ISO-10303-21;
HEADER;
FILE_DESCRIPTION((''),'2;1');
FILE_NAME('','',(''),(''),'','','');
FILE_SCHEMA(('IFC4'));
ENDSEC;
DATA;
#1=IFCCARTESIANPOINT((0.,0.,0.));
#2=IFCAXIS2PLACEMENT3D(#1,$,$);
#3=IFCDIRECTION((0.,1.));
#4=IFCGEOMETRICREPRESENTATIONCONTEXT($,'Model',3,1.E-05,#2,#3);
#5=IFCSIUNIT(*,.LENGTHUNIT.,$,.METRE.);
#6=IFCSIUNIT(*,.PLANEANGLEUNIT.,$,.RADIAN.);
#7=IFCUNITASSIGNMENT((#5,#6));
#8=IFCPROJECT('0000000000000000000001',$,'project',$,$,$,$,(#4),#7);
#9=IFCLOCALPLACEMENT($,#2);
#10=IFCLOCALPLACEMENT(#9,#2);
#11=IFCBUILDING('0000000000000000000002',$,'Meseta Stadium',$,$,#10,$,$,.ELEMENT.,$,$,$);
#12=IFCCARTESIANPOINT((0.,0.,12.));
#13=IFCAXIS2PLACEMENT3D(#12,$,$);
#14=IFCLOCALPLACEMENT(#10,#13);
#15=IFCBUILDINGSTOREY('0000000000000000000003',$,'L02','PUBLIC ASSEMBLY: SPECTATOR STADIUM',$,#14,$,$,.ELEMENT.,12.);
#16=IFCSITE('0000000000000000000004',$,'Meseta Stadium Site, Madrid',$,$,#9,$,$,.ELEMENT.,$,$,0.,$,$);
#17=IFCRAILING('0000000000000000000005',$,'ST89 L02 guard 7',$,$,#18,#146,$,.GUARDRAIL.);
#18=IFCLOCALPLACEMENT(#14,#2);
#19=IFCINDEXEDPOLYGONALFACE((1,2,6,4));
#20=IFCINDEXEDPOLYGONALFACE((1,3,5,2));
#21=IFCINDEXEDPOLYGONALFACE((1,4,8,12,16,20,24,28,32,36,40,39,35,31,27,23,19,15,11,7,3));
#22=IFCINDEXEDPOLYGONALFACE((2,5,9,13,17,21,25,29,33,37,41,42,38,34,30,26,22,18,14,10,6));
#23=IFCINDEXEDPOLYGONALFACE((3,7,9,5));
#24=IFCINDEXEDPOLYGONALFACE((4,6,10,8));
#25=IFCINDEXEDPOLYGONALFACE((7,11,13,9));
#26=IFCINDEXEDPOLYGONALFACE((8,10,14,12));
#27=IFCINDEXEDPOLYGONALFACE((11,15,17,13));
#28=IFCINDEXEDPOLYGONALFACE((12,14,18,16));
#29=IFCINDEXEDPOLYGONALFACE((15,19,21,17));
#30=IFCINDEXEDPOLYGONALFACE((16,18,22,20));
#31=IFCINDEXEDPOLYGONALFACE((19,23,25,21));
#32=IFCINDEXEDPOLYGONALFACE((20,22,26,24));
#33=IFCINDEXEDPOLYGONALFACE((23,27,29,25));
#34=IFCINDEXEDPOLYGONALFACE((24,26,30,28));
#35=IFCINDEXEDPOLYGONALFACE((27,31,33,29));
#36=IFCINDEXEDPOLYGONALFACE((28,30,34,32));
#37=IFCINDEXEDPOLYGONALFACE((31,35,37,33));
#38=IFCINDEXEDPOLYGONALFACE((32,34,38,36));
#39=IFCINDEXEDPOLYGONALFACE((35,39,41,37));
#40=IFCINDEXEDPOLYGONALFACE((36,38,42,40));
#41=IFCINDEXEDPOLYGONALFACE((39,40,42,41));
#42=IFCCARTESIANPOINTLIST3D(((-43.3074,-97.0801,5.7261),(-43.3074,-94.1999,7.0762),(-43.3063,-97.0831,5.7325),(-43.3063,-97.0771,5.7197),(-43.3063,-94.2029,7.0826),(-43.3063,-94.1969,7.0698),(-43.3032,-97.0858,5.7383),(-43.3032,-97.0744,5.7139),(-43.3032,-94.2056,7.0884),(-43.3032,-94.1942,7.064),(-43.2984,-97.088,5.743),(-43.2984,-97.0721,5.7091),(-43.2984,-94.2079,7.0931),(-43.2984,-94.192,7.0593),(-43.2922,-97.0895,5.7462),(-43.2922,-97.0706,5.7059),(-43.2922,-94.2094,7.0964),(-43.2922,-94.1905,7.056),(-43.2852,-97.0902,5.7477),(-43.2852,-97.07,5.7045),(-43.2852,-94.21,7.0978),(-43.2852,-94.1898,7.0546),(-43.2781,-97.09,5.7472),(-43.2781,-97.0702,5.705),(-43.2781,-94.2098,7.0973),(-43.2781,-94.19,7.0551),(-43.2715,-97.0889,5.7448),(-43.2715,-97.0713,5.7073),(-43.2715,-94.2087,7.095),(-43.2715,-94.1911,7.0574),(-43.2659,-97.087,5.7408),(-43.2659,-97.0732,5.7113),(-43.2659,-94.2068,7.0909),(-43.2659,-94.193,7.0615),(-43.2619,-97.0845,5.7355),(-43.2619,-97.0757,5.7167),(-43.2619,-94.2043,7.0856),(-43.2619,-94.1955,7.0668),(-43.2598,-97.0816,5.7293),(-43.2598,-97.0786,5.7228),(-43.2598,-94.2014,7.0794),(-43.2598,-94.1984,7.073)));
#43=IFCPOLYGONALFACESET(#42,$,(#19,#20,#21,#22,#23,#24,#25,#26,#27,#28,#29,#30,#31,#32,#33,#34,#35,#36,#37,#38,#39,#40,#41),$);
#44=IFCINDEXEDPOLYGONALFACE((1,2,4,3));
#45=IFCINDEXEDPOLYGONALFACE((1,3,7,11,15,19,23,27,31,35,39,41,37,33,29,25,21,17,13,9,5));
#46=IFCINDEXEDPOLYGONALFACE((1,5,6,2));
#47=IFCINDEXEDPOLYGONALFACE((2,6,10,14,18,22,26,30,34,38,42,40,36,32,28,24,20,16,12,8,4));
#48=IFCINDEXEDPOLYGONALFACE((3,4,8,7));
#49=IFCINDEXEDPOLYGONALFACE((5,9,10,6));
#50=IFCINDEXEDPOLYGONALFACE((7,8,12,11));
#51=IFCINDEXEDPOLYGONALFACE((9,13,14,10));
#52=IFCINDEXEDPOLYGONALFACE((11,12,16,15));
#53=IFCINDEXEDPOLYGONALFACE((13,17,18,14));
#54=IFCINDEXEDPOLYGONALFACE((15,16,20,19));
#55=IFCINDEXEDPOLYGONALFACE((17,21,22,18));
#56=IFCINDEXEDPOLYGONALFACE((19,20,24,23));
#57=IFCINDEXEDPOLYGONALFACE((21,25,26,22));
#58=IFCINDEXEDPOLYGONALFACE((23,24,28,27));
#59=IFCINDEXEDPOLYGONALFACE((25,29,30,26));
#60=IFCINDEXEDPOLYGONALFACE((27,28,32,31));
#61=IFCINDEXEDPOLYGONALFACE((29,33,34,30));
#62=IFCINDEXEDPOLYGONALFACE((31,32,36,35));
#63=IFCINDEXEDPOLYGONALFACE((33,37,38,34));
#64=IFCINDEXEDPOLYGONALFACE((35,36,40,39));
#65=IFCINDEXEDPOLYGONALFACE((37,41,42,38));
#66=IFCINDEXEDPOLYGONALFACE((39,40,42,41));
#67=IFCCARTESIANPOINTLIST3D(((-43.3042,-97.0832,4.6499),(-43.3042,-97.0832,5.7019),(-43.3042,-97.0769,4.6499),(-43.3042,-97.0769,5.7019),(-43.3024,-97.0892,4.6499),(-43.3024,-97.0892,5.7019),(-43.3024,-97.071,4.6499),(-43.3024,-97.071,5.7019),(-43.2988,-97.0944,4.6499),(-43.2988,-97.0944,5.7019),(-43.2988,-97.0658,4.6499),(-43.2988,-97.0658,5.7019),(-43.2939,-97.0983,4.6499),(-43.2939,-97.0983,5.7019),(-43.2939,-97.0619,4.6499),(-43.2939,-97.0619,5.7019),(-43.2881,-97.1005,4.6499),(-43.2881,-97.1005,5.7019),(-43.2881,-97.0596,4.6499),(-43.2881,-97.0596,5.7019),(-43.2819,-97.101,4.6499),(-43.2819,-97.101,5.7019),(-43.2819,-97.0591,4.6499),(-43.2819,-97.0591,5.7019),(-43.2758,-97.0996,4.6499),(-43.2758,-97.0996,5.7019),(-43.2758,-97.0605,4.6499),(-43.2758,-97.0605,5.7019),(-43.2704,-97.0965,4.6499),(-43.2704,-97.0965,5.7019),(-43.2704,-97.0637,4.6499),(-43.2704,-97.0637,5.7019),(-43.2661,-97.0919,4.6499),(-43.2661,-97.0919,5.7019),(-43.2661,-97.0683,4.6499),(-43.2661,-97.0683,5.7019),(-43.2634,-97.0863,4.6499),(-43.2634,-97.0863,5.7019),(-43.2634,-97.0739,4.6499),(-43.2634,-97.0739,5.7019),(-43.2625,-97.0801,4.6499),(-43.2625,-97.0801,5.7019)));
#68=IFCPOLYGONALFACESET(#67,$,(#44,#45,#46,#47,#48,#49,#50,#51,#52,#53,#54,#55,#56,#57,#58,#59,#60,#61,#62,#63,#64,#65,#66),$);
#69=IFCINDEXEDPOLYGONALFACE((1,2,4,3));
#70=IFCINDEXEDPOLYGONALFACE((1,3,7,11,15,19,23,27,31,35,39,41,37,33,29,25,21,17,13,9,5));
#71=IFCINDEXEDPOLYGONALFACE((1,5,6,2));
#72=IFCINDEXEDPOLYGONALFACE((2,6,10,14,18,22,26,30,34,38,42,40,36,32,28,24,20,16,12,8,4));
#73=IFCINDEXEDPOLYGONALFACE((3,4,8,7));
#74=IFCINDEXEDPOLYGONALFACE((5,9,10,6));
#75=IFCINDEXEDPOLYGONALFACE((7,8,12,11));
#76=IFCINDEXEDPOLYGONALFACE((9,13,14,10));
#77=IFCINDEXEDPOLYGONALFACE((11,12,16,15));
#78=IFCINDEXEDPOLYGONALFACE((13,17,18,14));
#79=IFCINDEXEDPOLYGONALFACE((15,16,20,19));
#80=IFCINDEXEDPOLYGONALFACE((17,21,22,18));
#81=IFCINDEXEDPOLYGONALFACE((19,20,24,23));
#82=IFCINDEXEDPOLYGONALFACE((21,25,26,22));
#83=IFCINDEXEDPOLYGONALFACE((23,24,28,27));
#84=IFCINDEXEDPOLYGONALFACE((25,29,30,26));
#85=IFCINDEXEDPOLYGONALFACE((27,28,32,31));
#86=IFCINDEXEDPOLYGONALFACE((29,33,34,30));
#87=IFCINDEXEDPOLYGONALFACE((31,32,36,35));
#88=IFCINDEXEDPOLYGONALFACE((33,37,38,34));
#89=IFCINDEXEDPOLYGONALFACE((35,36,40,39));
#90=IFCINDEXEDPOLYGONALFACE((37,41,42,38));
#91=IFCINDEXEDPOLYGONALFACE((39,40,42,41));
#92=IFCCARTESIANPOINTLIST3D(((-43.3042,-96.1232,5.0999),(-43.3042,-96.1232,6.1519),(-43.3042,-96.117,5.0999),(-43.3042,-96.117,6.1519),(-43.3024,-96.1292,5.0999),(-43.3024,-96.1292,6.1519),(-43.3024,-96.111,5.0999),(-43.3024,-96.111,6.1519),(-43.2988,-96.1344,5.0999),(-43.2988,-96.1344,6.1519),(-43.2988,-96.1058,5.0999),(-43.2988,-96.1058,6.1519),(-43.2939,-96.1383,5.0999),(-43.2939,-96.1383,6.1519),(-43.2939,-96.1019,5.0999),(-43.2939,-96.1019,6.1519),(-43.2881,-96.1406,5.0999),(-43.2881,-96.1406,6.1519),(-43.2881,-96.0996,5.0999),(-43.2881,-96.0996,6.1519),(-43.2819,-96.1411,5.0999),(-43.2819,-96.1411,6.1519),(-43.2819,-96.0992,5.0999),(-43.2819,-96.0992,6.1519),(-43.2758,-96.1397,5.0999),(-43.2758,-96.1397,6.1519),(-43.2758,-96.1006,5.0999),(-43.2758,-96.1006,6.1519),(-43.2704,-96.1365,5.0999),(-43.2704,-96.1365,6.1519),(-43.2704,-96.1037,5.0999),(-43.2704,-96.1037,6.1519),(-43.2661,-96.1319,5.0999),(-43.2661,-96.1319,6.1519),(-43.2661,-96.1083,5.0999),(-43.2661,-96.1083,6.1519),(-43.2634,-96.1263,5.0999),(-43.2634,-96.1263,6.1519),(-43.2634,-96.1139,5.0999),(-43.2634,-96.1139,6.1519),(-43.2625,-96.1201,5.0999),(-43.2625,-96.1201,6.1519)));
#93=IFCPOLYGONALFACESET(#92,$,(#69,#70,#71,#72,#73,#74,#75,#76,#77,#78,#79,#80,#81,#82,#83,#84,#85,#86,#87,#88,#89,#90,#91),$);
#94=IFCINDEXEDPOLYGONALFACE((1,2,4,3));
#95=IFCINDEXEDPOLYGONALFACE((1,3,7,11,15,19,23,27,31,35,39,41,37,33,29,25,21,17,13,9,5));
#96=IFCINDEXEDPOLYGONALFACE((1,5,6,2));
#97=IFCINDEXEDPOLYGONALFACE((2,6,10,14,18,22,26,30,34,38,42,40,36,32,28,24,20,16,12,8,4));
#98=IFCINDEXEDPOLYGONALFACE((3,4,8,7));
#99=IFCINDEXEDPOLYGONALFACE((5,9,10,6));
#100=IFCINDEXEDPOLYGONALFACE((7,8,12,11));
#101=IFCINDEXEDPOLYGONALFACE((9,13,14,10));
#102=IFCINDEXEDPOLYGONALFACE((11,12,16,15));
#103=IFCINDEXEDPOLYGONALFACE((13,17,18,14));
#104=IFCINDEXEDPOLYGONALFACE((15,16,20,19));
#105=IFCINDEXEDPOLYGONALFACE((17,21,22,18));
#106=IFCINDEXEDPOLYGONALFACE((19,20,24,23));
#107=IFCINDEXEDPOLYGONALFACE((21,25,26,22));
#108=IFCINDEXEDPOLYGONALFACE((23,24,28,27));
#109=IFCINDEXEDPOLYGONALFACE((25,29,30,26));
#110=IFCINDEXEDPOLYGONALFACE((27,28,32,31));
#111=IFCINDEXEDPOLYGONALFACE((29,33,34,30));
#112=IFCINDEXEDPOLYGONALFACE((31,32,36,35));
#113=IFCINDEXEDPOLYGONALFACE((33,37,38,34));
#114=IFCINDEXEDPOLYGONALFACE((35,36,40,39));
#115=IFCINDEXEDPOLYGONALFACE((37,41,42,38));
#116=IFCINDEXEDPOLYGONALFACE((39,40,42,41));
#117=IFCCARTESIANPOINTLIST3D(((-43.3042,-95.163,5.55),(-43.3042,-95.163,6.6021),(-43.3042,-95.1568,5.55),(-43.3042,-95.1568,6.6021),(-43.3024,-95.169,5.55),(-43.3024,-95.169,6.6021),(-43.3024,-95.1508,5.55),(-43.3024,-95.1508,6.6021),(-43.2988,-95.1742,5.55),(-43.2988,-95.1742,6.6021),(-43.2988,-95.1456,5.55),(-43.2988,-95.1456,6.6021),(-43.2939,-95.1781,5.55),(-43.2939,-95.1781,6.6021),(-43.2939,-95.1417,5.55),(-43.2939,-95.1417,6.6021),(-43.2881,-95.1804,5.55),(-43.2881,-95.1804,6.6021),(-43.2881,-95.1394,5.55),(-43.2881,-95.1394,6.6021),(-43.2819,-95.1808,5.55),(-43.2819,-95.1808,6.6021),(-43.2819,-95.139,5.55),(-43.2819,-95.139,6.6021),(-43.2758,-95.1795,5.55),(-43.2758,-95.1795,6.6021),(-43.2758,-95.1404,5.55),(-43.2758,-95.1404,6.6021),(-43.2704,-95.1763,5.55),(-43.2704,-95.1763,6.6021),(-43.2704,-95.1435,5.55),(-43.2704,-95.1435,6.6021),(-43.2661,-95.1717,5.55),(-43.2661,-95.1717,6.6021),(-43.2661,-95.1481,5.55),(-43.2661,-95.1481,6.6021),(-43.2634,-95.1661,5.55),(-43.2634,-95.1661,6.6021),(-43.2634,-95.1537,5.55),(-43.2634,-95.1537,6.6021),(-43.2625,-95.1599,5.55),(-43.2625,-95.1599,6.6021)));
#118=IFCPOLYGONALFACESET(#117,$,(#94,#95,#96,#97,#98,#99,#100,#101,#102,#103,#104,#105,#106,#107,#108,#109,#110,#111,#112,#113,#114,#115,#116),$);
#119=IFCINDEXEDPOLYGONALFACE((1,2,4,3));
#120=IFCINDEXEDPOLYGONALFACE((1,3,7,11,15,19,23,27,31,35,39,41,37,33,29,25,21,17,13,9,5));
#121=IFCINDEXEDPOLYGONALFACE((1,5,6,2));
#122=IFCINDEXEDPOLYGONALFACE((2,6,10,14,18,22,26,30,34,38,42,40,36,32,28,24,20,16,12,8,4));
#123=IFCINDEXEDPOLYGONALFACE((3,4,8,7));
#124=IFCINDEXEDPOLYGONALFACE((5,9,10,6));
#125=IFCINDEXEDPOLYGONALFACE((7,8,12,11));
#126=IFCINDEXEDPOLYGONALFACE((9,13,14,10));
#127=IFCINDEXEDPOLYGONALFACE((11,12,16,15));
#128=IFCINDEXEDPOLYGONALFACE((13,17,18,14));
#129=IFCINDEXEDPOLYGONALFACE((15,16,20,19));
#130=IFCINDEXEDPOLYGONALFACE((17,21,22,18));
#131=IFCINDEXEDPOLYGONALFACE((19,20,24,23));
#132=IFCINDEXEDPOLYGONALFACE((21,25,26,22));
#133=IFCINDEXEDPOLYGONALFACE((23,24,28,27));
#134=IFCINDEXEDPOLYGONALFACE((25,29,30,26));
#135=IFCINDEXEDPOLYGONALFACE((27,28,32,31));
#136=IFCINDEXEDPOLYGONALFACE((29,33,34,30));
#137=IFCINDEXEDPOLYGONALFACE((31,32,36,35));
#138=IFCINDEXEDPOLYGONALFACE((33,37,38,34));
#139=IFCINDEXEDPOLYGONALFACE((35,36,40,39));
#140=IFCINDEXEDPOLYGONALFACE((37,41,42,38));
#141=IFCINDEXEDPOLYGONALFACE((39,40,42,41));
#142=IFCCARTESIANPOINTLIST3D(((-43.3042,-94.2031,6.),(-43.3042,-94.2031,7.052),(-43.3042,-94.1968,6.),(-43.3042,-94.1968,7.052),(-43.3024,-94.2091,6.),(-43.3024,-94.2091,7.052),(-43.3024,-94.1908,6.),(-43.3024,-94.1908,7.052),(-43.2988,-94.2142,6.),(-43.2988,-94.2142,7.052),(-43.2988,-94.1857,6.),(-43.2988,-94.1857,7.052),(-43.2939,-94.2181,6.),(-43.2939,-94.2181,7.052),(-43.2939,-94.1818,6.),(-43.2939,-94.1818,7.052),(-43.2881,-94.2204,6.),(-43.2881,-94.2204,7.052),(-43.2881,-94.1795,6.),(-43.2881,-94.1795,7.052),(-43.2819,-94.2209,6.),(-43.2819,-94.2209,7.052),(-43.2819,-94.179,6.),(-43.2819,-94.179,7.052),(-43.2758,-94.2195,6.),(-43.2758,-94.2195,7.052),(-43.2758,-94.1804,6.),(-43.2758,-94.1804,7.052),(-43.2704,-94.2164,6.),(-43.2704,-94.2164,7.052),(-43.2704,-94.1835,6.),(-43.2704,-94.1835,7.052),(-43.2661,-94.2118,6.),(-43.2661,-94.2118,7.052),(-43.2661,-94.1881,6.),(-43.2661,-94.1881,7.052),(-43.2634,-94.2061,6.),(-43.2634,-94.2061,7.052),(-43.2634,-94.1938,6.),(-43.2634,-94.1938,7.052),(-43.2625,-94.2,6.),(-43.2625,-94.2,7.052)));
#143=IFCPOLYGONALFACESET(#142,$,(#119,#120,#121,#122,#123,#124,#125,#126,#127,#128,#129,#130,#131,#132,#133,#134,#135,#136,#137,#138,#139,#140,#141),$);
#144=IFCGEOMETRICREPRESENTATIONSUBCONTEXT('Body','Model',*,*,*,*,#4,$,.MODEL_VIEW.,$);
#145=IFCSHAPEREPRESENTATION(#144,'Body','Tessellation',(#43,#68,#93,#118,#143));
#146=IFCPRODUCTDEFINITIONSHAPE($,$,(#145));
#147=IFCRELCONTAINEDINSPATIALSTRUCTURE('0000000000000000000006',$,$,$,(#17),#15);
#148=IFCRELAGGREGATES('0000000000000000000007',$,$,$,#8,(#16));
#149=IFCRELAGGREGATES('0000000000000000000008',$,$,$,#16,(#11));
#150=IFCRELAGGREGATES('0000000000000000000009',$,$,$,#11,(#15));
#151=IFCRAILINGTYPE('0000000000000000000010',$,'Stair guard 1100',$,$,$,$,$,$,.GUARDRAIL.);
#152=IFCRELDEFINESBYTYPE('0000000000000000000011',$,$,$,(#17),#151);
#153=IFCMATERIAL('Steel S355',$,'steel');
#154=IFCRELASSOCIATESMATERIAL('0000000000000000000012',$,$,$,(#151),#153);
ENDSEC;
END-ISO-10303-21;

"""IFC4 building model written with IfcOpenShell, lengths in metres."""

from ifc_helpers import new_model, si_unit, direction, frame, origin, origin_2d, place, context, subcontext, project, spatial, circle, extrude, material, type_object, element, save


model = new_model("IFC4")

# Units and contexts
model_context = context("Model", 3, precision=1e-05, world=origin(), true_north=direction((0.0, 1.0)))
body_context = subcontext(model_context, "Body", "Model", "MODEL_VIEW")
ifc_project = project(units=[si_unit("LENGTHUNIT", "METRE"), si_unit("PLANEANGLEUNIT", "RADIAN")], contexts=[model_context])

# Site, building, storey
site_placement = place(None, origin())
site = spatial("IfcSite", under=ifc_project, at=site_placement, Name="Meseta Stadium Site, Madrid", CompositionType="ELEMENT", RefElevation=0.0)
building_placement = place(site_placement, origin())
building = spatial("IfcBuilding", under=site, at=building_placement, Name="Meseta Stadium", CompositionType="ELEMENT")
storey_placement = place(building_placement, frame((0.0, 0.0, 12.0)))
storey = spatial("IfcBuildingStorey", under=building, at=storey_placement, Name="L02", Description="PUBLIC ASSEMBLY: SPECTATOR STADIUM", CompositionType="ELEMENT", Elevation=12.0)

# Railing
ifc_material_1 = material(Name="Steel S355", Category="steel")
railing_type_1 = type_object("IfcRailingType", Name="Stair guard 1100", PredefinedType="GUARDRAIL", material=ifc_material_1)
railing_1_placement = place(storey_placement, frame((-43.2834, -97.0801, 4.6499)))
element("IfcRailing", 1, at=railing_1_placement, inside=storey, type_object=railing_type_1, Name="ST89 L02 guard 7", PredefinedType="GUARDRAIL", context=body_context, shape_type="SweptSolid", body=[
    extrude(circle(Radius=0.0239, at=origin_2d()), frame((0.0, 0.0, 1.0762), z_axis=(0.0, 0.905454, 0.424444), x_axis=(-1.0, 0.0, 0.0)), (0.0, 0.0, 1.0), 3.1809),
    extrude(circle(Radius=0.021, at=origin_2d()), origin(), (0.0, 0.0, 1.0), 1.052),
    extrude(circle(Radius=0.021, at=origin_2d()), frame((0.0, 0.96, 0.45)), (0.0, 0.0, 1.0), 1.052),
    extrude(circle(Radius=0.021, at=origin_2d()), frame((0.0, 1.9202, 0.9001)), (0.0, 0.0, 1.0), 1.052),
    extrude(circle(Radius=0.021, at=origin_2d()), frame((0.0, 2.8801, 1.3501)), (0.0, 0.0, 1.0), 1.052),
])

save(model, "model.ifc")
